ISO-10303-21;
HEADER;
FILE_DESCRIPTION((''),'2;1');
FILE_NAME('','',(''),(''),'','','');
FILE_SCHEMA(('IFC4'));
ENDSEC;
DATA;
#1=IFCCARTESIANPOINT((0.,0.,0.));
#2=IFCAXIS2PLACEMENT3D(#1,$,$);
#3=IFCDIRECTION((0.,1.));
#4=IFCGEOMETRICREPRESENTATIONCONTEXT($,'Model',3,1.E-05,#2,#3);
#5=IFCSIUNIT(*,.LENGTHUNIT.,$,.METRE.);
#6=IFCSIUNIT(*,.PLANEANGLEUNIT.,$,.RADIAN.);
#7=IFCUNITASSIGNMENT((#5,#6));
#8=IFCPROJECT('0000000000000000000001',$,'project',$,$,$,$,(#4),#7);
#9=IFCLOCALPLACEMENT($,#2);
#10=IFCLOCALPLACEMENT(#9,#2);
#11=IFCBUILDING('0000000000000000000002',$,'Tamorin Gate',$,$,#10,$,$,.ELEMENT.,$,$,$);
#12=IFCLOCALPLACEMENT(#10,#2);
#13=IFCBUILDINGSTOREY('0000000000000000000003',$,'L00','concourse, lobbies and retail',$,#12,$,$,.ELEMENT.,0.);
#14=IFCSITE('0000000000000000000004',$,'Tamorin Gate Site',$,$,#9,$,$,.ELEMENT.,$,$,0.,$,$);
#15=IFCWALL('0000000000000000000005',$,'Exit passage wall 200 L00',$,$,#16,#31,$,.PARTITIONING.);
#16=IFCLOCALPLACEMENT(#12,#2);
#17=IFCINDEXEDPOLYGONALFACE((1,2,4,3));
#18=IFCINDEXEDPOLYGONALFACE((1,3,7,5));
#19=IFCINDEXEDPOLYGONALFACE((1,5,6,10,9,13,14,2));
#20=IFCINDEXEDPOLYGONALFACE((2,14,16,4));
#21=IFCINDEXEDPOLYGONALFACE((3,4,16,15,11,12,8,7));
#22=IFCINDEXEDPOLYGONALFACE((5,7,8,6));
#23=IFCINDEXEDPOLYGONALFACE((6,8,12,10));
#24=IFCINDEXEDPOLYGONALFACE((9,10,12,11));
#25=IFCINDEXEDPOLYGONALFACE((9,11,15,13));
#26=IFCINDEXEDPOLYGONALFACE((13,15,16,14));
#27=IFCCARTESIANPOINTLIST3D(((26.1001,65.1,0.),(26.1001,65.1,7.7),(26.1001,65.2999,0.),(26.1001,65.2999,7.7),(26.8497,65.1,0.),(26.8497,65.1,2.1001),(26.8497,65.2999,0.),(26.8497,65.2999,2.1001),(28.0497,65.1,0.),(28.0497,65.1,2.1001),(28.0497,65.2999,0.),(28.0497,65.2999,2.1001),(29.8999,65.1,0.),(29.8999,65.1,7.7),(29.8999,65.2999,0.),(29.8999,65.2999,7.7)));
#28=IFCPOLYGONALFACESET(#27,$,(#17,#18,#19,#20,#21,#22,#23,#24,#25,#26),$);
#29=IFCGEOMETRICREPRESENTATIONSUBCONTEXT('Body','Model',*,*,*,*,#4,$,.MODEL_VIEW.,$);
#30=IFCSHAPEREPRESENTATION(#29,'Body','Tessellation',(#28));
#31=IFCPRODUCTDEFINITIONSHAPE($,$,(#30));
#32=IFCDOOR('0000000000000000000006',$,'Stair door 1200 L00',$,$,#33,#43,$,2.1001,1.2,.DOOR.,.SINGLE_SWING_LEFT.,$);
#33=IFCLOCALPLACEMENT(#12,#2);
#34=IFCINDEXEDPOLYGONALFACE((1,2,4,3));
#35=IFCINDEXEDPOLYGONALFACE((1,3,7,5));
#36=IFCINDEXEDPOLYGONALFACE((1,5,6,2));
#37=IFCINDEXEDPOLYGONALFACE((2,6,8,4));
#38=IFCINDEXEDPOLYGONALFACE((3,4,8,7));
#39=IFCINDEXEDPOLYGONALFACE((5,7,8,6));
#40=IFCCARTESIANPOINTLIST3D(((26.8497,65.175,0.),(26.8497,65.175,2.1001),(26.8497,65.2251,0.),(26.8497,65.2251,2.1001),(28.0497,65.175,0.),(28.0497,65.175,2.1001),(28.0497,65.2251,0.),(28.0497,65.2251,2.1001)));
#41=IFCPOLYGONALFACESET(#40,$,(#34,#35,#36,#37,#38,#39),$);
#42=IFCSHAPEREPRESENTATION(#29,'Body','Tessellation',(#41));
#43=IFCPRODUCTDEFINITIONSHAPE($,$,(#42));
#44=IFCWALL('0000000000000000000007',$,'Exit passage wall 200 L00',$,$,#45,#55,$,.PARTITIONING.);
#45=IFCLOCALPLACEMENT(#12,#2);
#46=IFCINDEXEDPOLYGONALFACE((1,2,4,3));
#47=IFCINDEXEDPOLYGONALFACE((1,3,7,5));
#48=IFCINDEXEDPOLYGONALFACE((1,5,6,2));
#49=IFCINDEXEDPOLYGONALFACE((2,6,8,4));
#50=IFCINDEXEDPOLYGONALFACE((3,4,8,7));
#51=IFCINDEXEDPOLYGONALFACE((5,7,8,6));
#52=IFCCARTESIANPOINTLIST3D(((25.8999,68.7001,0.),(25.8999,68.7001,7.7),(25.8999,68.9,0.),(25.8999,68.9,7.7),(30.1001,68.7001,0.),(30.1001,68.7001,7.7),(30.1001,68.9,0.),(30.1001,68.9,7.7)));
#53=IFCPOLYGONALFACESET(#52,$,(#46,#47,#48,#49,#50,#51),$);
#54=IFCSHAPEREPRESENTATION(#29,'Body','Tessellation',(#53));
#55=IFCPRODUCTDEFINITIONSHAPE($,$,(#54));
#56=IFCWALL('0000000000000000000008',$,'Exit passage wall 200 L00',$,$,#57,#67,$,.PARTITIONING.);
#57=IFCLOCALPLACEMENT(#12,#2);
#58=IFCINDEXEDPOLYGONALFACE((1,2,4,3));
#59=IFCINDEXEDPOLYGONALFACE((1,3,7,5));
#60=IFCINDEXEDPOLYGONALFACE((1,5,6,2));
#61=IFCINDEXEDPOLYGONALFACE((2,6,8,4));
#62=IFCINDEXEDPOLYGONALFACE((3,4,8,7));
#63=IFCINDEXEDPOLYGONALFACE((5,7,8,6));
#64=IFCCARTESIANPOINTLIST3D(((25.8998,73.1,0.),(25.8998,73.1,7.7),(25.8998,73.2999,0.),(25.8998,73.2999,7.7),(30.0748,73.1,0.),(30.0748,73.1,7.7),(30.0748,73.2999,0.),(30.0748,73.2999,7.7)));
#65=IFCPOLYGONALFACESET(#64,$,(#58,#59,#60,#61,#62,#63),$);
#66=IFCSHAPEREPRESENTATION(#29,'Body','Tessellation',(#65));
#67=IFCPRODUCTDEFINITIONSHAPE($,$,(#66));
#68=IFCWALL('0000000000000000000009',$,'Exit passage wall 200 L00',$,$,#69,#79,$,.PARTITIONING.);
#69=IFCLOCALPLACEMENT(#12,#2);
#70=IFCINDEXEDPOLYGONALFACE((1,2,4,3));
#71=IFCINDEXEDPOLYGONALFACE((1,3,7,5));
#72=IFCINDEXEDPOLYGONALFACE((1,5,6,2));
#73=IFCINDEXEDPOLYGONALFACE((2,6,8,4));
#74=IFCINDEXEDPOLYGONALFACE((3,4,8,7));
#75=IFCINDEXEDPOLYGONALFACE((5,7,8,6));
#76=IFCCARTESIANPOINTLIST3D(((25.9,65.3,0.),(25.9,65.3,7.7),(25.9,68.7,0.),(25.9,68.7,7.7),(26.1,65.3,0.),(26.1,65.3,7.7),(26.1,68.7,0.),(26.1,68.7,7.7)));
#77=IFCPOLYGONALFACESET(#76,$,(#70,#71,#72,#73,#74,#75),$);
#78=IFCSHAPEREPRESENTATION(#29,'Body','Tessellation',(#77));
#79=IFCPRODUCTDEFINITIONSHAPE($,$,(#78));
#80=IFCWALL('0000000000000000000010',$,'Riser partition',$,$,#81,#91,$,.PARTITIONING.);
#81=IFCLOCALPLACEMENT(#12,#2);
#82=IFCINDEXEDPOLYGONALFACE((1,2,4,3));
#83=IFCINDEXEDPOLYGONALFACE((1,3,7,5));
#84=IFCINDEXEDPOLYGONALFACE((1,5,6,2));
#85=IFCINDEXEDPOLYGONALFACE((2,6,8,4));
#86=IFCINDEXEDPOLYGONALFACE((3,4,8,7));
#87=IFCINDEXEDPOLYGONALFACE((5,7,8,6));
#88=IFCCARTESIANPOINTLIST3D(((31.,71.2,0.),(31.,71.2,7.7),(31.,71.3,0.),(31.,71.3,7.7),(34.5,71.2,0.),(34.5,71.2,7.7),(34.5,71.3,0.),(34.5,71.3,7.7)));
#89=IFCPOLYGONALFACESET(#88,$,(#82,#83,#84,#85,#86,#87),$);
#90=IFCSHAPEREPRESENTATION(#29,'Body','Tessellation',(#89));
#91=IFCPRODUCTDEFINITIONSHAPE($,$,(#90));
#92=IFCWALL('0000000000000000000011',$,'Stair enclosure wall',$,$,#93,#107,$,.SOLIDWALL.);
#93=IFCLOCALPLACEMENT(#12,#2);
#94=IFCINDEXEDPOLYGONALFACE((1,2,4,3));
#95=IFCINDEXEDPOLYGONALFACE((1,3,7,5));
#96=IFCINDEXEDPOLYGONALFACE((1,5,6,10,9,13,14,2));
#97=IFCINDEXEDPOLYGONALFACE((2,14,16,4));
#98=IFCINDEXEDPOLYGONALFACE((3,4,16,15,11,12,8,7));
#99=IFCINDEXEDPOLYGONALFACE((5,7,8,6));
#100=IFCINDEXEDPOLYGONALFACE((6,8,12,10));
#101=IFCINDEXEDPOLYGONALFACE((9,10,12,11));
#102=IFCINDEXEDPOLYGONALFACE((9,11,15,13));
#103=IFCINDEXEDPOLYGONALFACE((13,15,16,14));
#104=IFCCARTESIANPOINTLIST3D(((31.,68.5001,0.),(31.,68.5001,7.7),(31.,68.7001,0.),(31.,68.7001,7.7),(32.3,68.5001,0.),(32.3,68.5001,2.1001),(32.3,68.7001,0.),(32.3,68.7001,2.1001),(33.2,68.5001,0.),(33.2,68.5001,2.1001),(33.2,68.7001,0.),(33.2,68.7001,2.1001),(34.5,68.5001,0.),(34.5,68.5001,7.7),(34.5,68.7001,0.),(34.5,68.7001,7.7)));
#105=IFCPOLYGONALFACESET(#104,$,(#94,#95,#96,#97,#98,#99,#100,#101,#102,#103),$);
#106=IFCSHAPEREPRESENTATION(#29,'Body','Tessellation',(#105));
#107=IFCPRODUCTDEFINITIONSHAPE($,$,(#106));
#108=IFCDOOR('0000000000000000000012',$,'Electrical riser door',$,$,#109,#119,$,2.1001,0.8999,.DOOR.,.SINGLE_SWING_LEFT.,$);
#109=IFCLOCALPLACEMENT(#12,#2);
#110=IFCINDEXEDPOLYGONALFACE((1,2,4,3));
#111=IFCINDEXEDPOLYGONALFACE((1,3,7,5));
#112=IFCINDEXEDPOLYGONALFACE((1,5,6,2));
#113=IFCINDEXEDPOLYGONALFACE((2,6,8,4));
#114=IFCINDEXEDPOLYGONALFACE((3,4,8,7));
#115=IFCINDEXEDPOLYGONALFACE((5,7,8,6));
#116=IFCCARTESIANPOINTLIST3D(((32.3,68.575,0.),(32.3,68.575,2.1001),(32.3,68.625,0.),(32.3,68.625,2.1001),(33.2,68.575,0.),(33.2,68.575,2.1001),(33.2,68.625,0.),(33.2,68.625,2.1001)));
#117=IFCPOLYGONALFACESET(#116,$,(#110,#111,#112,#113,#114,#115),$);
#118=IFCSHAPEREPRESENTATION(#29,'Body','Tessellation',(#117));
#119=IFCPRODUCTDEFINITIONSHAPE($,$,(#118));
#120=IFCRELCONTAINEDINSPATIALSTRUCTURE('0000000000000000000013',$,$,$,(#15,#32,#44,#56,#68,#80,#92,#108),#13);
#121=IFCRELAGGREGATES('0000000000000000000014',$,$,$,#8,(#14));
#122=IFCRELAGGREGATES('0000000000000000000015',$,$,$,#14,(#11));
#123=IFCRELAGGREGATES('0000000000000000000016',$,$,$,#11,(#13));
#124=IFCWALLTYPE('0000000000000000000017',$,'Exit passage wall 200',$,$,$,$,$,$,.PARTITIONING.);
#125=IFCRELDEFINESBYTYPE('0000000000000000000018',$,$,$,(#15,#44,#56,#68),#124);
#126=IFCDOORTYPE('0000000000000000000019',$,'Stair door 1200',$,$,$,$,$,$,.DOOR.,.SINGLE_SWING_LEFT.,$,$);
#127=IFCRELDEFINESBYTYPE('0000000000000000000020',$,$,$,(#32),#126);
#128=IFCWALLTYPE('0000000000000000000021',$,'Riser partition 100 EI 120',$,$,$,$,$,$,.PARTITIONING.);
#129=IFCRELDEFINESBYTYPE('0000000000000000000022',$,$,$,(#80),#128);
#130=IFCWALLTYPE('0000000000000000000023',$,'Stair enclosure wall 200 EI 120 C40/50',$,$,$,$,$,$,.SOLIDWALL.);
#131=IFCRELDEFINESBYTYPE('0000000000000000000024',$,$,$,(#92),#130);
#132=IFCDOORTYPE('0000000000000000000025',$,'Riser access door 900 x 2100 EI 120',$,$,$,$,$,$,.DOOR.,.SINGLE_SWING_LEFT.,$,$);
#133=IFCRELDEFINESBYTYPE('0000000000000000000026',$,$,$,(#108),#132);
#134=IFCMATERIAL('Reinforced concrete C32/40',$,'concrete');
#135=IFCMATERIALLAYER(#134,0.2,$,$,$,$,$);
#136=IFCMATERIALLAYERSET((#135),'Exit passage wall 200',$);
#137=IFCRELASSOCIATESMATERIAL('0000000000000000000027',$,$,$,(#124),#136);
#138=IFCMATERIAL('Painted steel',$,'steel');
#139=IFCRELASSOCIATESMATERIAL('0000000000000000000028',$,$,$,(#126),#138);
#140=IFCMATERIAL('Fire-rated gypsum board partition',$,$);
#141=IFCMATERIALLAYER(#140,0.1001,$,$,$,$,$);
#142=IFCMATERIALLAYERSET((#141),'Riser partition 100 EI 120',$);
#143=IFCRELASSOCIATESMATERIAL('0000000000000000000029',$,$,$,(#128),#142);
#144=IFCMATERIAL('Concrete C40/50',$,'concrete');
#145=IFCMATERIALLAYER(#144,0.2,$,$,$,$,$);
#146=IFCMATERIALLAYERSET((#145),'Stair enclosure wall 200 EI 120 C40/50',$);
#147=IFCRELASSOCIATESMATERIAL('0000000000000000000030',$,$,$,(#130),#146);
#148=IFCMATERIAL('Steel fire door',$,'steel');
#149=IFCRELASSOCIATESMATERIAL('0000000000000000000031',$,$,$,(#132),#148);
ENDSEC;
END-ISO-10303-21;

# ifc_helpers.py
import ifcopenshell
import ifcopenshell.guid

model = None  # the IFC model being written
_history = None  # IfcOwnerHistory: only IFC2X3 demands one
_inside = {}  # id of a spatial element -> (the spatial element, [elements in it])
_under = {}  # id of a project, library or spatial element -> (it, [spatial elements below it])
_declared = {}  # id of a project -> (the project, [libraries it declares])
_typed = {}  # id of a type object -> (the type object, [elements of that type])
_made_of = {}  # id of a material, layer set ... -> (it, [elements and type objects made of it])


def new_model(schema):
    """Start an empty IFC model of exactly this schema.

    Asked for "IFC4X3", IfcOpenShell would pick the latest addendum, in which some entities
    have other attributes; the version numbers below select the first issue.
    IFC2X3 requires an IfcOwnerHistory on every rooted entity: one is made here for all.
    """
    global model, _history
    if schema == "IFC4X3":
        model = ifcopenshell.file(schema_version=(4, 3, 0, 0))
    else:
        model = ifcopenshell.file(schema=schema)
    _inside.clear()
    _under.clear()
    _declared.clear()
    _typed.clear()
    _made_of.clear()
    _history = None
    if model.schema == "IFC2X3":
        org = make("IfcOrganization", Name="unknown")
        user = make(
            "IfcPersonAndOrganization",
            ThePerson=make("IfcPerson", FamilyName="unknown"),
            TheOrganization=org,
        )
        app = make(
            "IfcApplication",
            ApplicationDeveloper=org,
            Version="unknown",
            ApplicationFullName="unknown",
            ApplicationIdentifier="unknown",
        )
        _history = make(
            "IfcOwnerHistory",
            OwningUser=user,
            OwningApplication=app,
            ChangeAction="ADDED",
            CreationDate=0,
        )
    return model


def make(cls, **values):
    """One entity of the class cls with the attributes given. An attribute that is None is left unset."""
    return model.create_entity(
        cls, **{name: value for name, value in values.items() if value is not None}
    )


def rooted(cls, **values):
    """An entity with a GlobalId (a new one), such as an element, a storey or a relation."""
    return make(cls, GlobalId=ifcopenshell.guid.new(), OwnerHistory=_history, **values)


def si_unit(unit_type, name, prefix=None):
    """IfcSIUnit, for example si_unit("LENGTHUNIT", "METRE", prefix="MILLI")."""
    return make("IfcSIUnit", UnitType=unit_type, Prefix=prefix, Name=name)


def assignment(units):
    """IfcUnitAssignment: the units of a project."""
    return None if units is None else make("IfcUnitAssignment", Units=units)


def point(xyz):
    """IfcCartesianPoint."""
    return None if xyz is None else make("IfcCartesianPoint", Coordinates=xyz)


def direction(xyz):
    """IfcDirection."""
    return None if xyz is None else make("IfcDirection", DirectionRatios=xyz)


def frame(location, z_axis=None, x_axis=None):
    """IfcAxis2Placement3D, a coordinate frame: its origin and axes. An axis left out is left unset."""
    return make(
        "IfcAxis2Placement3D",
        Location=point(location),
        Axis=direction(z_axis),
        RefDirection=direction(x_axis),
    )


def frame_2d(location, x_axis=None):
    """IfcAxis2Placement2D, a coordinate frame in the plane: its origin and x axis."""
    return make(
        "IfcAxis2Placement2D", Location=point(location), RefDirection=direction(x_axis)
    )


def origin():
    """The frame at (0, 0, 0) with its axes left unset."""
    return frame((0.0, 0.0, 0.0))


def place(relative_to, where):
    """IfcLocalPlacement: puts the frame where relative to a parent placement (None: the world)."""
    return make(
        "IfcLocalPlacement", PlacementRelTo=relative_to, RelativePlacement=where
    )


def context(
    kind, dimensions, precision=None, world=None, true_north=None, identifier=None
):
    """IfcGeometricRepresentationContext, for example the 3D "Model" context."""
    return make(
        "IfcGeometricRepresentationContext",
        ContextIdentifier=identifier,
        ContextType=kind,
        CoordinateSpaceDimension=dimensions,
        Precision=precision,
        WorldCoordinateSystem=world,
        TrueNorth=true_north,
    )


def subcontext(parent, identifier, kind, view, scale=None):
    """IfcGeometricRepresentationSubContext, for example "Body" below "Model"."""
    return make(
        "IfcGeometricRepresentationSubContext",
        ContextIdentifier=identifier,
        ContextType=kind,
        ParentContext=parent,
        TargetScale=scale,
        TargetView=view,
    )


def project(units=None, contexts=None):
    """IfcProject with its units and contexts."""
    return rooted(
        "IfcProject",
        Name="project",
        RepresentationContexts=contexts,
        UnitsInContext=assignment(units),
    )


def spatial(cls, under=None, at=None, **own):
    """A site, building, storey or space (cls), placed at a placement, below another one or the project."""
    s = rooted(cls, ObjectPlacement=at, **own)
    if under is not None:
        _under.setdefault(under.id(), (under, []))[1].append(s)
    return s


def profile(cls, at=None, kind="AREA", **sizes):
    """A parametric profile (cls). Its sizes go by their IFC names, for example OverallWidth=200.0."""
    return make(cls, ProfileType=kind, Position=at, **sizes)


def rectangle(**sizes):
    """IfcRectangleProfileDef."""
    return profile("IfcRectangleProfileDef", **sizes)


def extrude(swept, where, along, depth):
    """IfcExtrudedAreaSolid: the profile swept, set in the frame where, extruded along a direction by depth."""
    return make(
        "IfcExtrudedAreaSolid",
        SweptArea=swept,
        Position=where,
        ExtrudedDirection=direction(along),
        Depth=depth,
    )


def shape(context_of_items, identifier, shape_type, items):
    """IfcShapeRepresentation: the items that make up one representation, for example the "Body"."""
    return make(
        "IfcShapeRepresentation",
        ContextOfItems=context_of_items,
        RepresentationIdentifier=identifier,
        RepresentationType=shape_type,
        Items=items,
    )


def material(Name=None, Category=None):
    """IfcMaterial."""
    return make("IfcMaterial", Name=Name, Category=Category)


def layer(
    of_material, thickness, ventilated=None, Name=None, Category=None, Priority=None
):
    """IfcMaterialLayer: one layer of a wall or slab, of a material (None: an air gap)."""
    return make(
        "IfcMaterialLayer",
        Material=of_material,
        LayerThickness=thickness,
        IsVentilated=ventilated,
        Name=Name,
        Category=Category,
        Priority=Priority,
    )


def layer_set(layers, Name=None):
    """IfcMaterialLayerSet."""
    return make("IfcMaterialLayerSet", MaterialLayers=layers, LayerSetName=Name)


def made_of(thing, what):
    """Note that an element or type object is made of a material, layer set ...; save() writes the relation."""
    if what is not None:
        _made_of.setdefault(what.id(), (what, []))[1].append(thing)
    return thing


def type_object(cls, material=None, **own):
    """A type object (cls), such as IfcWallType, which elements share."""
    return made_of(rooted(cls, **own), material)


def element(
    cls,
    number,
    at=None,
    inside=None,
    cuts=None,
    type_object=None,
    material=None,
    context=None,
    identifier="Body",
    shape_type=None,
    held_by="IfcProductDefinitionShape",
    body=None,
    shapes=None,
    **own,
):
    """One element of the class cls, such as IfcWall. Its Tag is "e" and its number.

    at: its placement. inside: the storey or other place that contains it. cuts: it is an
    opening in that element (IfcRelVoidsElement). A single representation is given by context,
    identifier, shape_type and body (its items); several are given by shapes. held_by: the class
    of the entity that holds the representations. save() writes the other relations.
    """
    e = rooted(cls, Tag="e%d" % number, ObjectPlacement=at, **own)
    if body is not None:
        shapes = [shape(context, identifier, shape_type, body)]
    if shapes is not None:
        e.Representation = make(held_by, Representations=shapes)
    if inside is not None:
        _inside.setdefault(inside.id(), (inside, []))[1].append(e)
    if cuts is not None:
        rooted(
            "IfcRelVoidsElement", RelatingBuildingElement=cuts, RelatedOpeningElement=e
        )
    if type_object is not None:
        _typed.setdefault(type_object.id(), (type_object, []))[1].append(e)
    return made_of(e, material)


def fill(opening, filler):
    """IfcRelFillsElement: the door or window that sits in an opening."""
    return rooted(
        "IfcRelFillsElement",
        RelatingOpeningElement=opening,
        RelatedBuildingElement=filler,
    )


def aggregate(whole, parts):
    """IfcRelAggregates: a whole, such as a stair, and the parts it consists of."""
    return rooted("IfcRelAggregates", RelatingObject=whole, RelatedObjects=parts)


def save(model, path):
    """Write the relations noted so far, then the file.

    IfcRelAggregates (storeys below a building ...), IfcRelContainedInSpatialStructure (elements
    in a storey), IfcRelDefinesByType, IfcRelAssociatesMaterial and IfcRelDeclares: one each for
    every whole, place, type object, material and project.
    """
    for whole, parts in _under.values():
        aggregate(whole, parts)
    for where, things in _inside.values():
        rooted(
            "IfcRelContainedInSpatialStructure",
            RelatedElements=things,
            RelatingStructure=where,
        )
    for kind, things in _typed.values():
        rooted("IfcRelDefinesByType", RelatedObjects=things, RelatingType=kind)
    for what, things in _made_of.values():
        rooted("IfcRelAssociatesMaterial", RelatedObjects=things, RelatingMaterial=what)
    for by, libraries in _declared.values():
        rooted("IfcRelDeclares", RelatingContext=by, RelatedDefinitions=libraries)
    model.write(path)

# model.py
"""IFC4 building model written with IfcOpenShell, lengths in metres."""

from ifc_helpers import new_model, si_unit, direction, frame, frame_2d, origin, place, context, subcontext, project, spatial, rectangle, extrude, material, layer, layer_set, type_object, element, fill, save


model = new_model("IFC4")

# Units and contexts
model_context = context("Model", 3, precision=1e-05, world=origin(), true_north=direction((0.0, 1.0)))
body_context = subcontext(model_context, "Body", "Model", "MODEL_VIEW")
ifc_project = project(units=[si_unit("LENGTHUNIT", "METRE"), si_unit("PLANEANGLEUNIT", "RADIAN")], contexts=[model_context])

# Site, building, storey
site_placement = place(None, origin())
site = spatial("IfcSite", under=ifc_project, at=site_placement, Name="Tamorin Gate Site", CompositionType="ELEMENT", RefElevation=0.0)
building_placement = place(site_placement, origin())
building = spatial("IfcBuilding", under=site, at=building_placement, Name="Tamorin Gate", CompositionType="ELEMENT")
storey_placement = place(building_placement, origin())
storey = spatial("IfcBuildingStorey", under=building, at=storey_placement, Name="L00", Description="concourse, lobbies and retail", CompositionType="ELEMENT", Elevation=0.0)

# Wall, opening, door
ifc_material_1 = material(Name="Reinforced concrete C32/40", Category="concrete")
ifc_layer_1 = layer(ifc_material_1, 0.2)
ifc_layer_set_1 = layer_set([ifc_layer_1], Name="Exit passage wall 200")
wall_type_1 = type_object("IfcWallType", Name="Exit passage wall 200", PredefinedType="PARTITIONING", material=ifc_layer_set_1)
wall_1_placement = place(storey_placement, frame((29.8999, 65.2, 0.0), z_axis=(0.0, 0.0, 1.0), x_axis=(-1.0, 0.0, 0.0)))
wall_1 = element("IfcWall", 1, at=wall_1_placement, inside=storey, type_object=wall_type_1, Name="Exit passage wall 200 L00", PredefinedType="PARTITIONING", context=body_context, shape_type="SweptSolid", body=[
    extrude(rectangle(XDim=3.7998, YDim=0.2, at=frame_2d((1.8999, 0.0))), origin(), (0.0, 0.0, 1.0), 7.7),
])
opening_1_placement = place(wall_1_placement, frame((1.8501, 0.0, 0.0)))
opening_1 = element("IfcOpeningElement", 2, at=opening_1_placement, cuts=wall_1, PredefinedType="OPENING", context=body_context, shape_type="SweptSolid", body=[
    extrude(rectangle(XDim=1.2, YDim=2.1001, at=frame_2d((0.6001, 1.05))), frame((0.0, 0.1099, 0.0), z_axis=(0.0, -1.0, 0.0), x_axis=(1.0, 0.0, 0.0)), (0.0, 0.0, 1.0), 0.22),
])
ifc_material_2 = material(Name="Painted steel", Category="steel")
door_type_1 = type_object("IfcDoorType", Name="Stair door 1200", OperationType="SINGLE_SWING_LEFT", PredefinedType="DOOR", material=ifc_material_2)
door_1_placement = place(opening_1_placement, origin())
door_1 = element("IfcDoor", 3, at=door_1_placement, inside=storey, type_object=door_type_1, Name="Stair door 1200 L00", OperationType="SINGLE_SWING_LEFT", OverallHeight=2.1001, OverallWidth=1.2, PredefinedType="DOOR", context=body_context, shape_type="SweptSolid", body=[
    extrude(rectangle(XDim=1.2, YDim=2.1001, at=frame_2d((0.6001, 1.05))), frame((0.0, 0.0249, 0.0), z_axis=(0.0, -1.0, 0.0), x_axis=(1.0, 0.0, 0.0)), (0.0, 0.0, 1.0), 0.05),
])
fill(opening_1, door_1)

# Walls
wall_2_placement = place(storey_placement, frame((25.8999, 68.8, 0.0), z_axis=(0.0, 0.0, 1.0), x_axis=(1.0, 0.0, 0.0)))
element("IfcWall", 4, at=wall_2_placement, inside=storey, type_object=wall_type_1, Name="Exit passage wall 200 L00", PredefinedType="PARTITIONING", context=body_context, shape_type="SweptSolid", body=[
    extrude(rectangle(XDim=4.2002, YDim=0.2, at=frame_2d((2.1001, 0.0))), origin(), (0.0, 0.0, 1.0), 7.7),
])
wall_3_placement = place(storey_placement, frame((25.8999, 73.2, 0.0), z_axis=(0.0, 0.0, 1.0), x_axis=(1.0, 0.0, 0.0)))
element("IfcWall", 5, at=wall_3_placement, inside=storey, type_object=wall_type_1, Name="Exit passage wall 200 L00", PredefinedType="PARTITIONING", context=body_context, shape_type="SweptSolid", body=[
    extrude(rectangle(XDim=4.175, YDim=0.2, at=frame_2d((2.0874, 0.0))), origin(), (0.0, 0.0, 1.0), 7.7),
])
wall_4_placement = place(storey_placement, frame((26.0, 65.3, 0.0), z_axis=(0.0, 0.0, 1.0), x_axis=(0.0, 1.0, 0.0)))
element("IfcWall", 6, at=wall_4_placement, inside=storey, type_object=wall_type_1, Name="Exit passage wall 200 L00", PredefinedType="PARTITIONING", context=body_context, shape_type="SweptSolid", body=[
    extrude(rectangle(XDim=3.3999, YDim=0.2, at=frame_2d((1.7, 0.0))), origin(), (0.0, 0.0, 1.0), 7.7),
])
ifc_material_3 = material(Name="Fire-rated gypsum board partition")
ifc_layer_2 = layer(ifc_material_3, 0.1001)
ifc_layer_set_2 = layer_set([ifc_layer_2], Name="Riser partition 100 EI 120")
wall_type_2 = type_object("IfcWallType", Name="Riser partition 100 EI 120", PredefinedType="PARTITIONING", material=ifc_layer_set_2)
wall_5_placement = place(storey_placement, frame((31.0, 71.25, 0.0), z_axis=(0.0, 0.0, 1.0), x_axis=(1.0, 0.0, 0.0)))
element("IfcWall", 7, at=wall_5_placement, inside=storey, type_object=wall_type_2, Name="Riser partition", PredefinedType="PARTITIONING", context=body_context, shape_type="SweptSolid", body=[
    extrude(rectangle(XDim=3.5, YDim=0.1001, at=frame_2d((1.75, 0.0))), origin(), (0.0, 0.0, 1.0), 7.7),
])

# Wall, opening, door
ifc_material_4 = material(Name="Concrete C40/50", Category="concrete")
ifc_layer_3 = layer(ifc_material_4, 0.2)
ifc_layer_set_3 = layer_set([ifc_layer_3], Name="Stair enclosure wall 200 EI 120 C40/50")
wall_type_3 = type_object("IfcWallType", Name="Stair enclosure wall 200 EI 120 C40/50", PredefinedType="SOLIDWALL", material=ifc_layer_set_3)
wall_6_placement = place(storey_placement, frame((31.0, 68.6001, 0.0), z_axis=(0.0, 0.0, 1.0), x_axis=(1.0, 0.0, 0.0)))
wall_6 = element("IfcWall", 8, at=wall_6_placement, inside=storey, type_object=wall_type_3, Name="Stair enclosure wall", PredefinedType="SOLIDWALL", context=body_context, shape_type="SweptSolid", body=[
    extrude(rectangle(XDim=3.5, YDim=0.2, at=frame_2d((1.75, 0.0))), origin(), (0.0, 0.0, 1.0), 7.7),
])
opening_2_placement = place(wall_6_placement, frame((1.3, 0.0, 0.0)))
opening_2 = element("IfcOpeningElement", 9, at=opening_2_placement, cuts=wall_6, PredefinedType="OPENING", context=body_context, shape_type="SweptSolid", body=[
    extrude(rectangle(XDim=0.8999, YDim=2.1001, at=frame_2d((0.45, 1.05))), frame((0.0, 0.1099, 0.0), z_axis=(0.0, -1.0, 0.0), x_axis=(1.0, 0.0, 0.0)), (0.0, 0.0, 1.0), 0.22),
])
ifc_material_5 = material(Name="Steel fire door", Category="steel")
door_type_2 = type_object("IfcDoorType", Name="Riser access door 900 x 2100 EI 120", OperationType="SINGLE_SWING_LEFT", PredefinedType="DOOR", material=ifc_material_5)
door_2_placement = place(opening_2_placement, origin())
door_2 = element("IfcDoor", 10, at=door_2_placement, inside=storey, type_object=door_type_2, Name="Electrical riser door", OperationType="SINGLE_SWING_LEFT", OverallHeight=2.1001, OverallWidth=0.8999, PredefinedType="DOOR", context=body_context, shape_type="SweptSolid", body=[
    extrude(rectangle(XDim=0.8999, YDim=2.1001, at=frame_2d((0.45, 1.05))), frame((0.0, 0.0249, 0.0), z_axis=(0.0, -1.0, 0.0), x_axis=(1.0, 0.0, 0.0)), (0.0, 0.0, 1.0), 0.05),
])
fill(opening_2, door_2)

save(model, "model.ifc")
